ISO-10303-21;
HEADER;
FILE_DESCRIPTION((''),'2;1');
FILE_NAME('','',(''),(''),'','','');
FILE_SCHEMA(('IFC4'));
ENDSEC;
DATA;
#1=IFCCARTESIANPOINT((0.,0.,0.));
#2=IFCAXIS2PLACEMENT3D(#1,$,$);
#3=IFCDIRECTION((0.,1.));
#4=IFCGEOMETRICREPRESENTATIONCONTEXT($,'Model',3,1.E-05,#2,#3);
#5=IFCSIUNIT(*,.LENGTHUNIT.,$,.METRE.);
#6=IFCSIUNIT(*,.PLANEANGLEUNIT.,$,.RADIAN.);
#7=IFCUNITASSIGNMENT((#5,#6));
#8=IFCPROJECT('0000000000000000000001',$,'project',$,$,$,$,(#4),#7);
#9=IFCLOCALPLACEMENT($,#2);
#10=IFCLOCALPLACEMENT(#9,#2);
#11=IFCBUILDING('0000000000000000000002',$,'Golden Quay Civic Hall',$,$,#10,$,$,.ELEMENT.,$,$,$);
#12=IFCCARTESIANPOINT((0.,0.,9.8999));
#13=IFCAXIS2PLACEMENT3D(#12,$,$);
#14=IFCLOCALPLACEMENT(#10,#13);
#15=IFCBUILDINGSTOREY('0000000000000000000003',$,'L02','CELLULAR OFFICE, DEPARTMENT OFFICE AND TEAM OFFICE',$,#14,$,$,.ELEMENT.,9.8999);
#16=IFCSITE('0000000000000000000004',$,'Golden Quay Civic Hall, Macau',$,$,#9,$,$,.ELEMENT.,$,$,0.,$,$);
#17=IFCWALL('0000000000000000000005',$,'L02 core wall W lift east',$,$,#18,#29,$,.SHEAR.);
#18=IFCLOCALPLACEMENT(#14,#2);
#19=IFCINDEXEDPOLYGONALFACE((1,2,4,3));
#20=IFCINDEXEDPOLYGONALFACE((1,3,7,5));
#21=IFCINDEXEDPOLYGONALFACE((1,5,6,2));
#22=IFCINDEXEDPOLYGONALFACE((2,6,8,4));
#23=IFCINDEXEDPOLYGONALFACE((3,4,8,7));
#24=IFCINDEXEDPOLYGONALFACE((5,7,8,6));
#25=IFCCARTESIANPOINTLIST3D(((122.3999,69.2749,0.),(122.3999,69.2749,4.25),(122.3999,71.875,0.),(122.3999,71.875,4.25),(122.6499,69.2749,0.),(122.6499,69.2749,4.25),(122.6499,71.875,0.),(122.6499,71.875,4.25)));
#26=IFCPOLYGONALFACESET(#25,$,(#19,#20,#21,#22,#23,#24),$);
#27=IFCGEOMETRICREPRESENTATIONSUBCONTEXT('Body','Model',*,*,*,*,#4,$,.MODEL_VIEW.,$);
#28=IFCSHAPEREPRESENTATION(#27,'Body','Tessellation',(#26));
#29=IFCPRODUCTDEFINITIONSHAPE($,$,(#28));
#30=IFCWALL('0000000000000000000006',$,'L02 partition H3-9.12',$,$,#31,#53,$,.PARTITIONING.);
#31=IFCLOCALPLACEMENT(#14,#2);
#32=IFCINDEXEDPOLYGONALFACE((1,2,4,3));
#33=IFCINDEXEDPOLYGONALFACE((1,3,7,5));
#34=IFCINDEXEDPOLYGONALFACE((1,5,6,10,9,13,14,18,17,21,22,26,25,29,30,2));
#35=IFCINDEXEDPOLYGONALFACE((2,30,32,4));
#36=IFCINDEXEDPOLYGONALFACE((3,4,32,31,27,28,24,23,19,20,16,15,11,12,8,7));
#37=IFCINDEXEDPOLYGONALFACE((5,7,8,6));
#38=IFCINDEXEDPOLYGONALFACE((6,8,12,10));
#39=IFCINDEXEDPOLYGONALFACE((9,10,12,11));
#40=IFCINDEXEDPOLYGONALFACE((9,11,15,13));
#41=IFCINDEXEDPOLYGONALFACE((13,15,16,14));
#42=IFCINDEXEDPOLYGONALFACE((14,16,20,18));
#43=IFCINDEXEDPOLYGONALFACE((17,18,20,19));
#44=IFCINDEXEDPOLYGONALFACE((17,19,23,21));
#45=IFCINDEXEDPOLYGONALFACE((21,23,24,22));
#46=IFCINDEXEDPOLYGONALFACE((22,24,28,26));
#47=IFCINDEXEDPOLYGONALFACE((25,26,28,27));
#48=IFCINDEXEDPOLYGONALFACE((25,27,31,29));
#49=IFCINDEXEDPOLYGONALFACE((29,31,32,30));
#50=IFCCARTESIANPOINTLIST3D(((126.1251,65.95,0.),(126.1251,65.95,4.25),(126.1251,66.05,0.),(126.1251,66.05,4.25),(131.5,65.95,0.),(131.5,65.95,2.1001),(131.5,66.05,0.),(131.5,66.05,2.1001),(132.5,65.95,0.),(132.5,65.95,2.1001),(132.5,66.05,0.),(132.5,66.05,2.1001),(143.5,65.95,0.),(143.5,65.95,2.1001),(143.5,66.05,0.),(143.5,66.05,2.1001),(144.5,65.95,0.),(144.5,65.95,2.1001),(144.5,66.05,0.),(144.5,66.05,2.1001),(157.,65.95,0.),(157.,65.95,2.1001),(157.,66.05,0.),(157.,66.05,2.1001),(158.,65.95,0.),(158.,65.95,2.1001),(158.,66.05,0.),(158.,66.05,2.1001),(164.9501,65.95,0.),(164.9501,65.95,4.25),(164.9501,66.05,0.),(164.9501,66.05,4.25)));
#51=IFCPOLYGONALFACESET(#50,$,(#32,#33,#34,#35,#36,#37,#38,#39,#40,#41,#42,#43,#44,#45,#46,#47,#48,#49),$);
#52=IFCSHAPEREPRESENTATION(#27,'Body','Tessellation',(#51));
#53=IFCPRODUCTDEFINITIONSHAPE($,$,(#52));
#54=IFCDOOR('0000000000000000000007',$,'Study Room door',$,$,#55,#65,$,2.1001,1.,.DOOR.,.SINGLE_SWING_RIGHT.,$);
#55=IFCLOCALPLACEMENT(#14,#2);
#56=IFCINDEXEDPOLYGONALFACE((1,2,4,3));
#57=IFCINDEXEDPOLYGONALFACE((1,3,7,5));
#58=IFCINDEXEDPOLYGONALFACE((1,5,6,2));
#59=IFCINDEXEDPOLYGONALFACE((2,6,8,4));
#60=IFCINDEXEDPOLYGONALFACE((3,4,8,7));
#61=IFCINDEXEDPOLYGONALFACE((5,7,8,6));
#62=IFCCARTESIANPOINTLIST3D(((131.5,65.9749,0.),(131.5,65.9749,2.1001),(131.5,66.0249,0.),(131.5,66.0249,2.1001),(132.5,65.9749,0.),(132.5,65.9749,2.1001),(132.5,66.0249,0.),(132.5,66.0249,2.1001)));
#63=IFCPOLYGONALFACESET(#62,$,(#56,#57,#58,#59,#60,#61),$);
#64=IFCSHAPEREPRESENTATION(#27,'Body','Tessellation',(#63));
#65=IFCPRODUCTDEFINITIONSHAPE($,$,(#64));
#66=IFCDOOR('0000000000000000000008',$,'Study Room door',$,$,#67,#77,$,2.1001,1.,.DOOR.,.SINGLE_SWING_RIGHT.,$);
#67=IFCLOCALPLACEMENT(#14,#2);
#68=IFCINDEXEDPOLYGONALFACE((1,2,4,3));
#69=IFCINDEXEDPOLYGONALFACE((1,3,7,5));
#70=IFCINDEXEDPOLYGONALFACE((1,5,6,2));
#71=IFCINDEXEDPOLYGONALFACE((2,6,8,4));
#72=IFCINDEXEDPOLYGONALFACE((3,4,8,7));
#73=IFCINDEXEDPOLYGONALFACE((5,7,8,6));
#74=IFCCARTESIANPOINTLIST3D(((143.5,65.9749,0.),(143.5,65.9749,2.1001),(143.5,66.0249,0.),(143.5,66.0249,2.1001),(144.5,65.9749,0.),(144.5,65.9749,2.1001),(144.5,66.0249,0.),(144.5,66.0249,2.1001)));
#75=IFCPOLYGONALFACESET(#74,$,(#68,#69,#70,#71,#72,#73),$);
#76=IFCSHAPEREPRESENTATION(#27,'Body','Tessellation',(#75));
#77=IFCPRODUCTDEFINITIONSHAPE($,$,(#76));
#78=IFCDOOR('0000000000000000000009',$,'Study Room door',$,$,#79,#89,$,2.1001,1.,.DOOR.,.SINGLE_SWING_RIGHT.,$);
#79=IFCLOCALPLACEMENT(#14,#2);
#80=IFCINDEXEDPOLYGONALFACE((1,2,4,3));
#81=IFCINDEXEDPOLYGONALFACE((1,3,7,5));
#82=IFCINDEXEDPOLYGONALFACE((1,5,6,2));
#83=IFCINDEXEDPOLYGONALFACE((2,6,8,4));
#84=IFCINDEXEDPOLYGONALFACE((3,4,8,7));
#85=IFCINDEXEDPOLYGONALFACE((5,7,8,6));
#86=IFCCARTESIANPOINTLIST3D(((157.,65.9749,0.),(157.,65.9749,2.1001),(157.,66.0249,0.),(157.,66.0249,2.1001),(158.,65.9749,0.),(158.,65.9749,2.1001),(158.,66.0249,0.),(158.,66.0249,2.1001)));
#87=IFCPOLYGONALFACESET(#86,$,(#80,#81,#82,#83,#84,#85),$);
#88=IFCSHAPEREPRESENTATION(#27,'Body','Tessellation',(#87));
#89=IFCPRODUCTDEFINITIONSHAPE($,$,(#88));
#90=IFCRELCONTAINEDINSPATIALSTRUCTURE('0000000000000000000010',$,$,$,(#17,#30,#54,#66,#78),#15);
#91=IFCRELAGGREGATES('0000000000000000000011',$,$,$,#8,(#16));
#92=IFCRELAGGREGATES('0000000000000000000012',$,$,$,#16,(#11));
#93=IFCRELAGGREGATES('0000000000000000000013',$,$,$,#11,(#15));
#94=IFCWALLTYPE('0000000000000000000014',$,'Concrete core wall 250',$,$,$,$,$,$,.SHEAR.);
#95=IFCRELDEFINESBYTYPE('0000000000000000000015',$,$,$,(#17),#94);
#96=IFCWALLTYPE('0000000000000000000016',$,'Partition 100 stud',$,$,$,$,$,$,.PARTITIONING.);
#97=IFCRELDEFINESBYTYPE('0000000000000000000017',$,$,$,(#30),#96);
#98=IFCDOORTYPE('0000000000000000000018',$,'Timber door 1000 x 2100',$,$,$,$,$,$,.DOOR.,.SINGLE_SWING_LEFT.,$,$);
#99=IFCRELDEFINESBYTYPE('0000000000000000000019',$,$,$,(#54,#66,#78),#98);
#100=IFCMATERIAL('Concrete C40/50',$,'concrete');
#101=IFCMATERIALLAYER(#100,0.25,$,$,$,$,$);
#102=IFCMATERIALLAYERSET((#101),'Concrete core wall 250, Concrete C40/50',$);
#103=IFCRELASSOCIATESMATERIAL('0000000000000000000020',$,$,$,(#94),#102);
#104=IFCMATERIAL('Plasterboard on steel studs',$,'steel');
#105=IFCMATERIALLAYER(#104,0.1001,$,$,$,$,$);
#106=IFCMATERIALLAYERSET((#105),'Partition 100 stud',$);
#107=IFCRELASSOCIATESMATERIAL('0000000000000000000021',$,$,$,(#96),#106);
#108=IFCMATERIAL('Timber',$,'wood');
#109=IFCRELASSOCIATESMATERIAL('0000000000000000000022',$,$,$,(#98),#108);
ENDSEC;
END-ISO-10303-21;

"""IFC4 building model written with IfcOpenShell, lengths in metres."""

from ifc_helpers import new_model, si_unit, direction, frame, frame_2d, origin, place, context, subcontext, project, spatial, rectangle, extrude, material, layer, layer_set, type_object, element, fill, save


model = new_model("IFC4")

# Units and contexts
model_context = context("Model", 3, precision=1e-05, world=origin(), true_north=direction((0.0, 1.0)))
body_context = subcontext(model_context, "Body", "Model", "MODEL_VIEW")
ifc_project = project(units=[si_unit("LENGTHUNIT", "METRE"), si_unit("PLANEANGLEUNIT", "RADIAN")], contexts=[model_context])

# Site, building, storey
site_placement = place(None, origin())
site = spatial("IfcSite", under=ifc_project, at=site_placement, Name="Golden Quay Civic Hall, Macau", CompositionType="ELEMENT", RefElevation=0.0)
building_placement = place(site_placement, origin())
building = spatial("IfcBuilding", under=site, at=building_placement, Name="Golden Quay Civic Hall", CompositionType="ELEMENT")
storey_placement = place(building_placement, frame((0.0, 0.0, 9.8999)))
storey = spatial("IfcBuildingStorey", under=building, at=storey_placement, Name="L02", Description="CELLULAR OFFICE, DEPARTMENT OFFICE AND TEAM OFFICE", CompositionType="ELEMENT", Elevation=9.8999)

# Shared definitions
ifc_material_1 = material(Name="Concrete C40/50", Category="concrete")
ifc_layer_1 = layer(ifc_material_1, 0.25)
ifc_layer_set_1 = layer_set([ifc_layer_1], Name="Concrete core wall 250, Concrete C40/50")
wall_type_1 = type_object("IfcWallType", Name="Concrete core wall 250", PredefinedType="SHEAR", material=ifc_layer_set_1)

# Wall
wall_1_placement = place(storey_placement, frame((122.5249, 69.2749, 0.0), z_axis=(0.0, 0.0, 1.0), x_axis=(0.0, 1.0, 0.0)))
element("IfcWall", 1, at=wall_1_placement, inside=storey, type_object=wall_type_1, Name="L02 core wall W lift east", PredefinedType="SHEAR", context=body_context, shape_type="SweptSolid", body=[
    extrude(rectangle(XDim=2.6001, YDim=0.25, at=frame_2d((1.3, 0.0))), origin(), (0.0, 0.0, 1.0), 4.25),
])

# Wall, openings, doors
ifc_material_2 = material(Name="Plasterboard on steel studs", Category="steel")
ifc_layer_2 = layer(ifc_material_2, 0.1001)
ifc_layer_set_2 = layer_set([ifc_layer_2], Name="Partition 100 stud")
wall_type_2 = type_object("IfcWallType", Name="Partition 100 stud", PredefinedType="PARTITIONING", material=ifc_layer_set_2)
wall_2_placement = place(storey_placement, frame((126.125, 66.0, 0.0), z_axis=(0.0, 0.0, 1.0), x_axis=(1.0, 0.0, 0.0)))
wall_2 = element("IfcWall", 2, at=wall_2_placement, inside=storey, type_object=wall_type_2, Name="L02 partition H3-9.12", PredefinedType="PARTITIONING", context=body_context, shape_type="SweptSolid", body=[
    extrude(rectangle(XDim=38.825, YDim=0.1001, at=frame_2d((19.4126, 0.0))), origin(), (0.0, 0.0, 1.0), 4.25),
])
opening_1_placement = place(wall_2_placement, frame((5.375, 0.0, 0.0)))
opening_1 = element("IfcOpeningElement", 3, at=opening_1_placement, cuts=wall_2, PredefinedType="OPENING", context=body_context, shape_type="SweptSolid", body=[
    extrude(rectangle(XDim=1.0, YDim=2.1001, at=frame_2d((0.5, 1.05))), frame((0.0, 0.0601, 0.0), z_axis=(0.0, -1.0, 0.0), x_axis=(1.0, 0.0, 0.0)), (0.0, 0.0, 1.0), 0.1201),
])
opening_2_placement = place(wall_2_placement, frame((17.375, 0.0, 0.0)))
opening_2 = element("IfcOpeningElement", 4, at=opening_2_placement, cuts=wall_2, PredefinedType="OPENING", context=body_context, shape_type="SweptSolid", body=[
    extrude(rectangle(XDim=1.0, YDim=2.1001, at=frame_2d((0.5, 1.05))), frame((0.0, 0.0601, 0.0), z_axis=(0.0, -1.0, 0.0), x_axis=(1.0, 0.0, 0.0)), (0.0, 0.0, 1.0), 0.1201),
])
opening_3_placement = place(wall_2_placement, frame((30.875, 0.0, 0.0)))
opening_3 = element("IfcOpeningElement", 5, at=opening_3_placement, cuts=wall_2, PredefinedType="OPENING", context=body_context, shape_type="SweptSolid", body=[
    extrude(rectangle(XDim=1.0, YDim=2.1001, at=frame_2d((0.5, 1.05))), frame((0.0, 0.0601, 0.0), z_axis=(0.0, -1.0, 0.0), x_axis=(1.0, 0.0, 0.0)), (0.0, 0.0, 1.0), 0.1201),
])
ifc_material_3 = material(Name="Timber", Category="wood")
door_type_1 = type_object("IfcDoorType", Name="Timber door 1000 x 2100", OperationType="SINGLE_SWING_LEFT", PredefinedType="DOOR", material=ifc_material_3)
door_1_placement = place(opening_1_placement, frame((1.0, 0.0, 0.0), z_axis=(0.0, 0.0, 1.0), x_axis=(-1.0, 0.0, 0.0)))
door_1 = element("IfcDoor", 6, at=door_1_placement, inside=storey, type_object=door_type_1, Name="Study Room door", OperationType="SINGLE_SWING_RIGHT", OverallHeight=2.1001, OverallWidth=1.0, PredefinedType="DOOR", context=body_context, shape_type="SweptSolid", body=[
    extrude(rectangle(XDim=1.0, YDim=2.1001, at=frame_2d((0.5, 1.05))), frame((0.0, 0.0251, 0.0), z_axis=(0.0, -1.0, 0.0), x_axis=(1.0, 0.0, 0.0)), (0.0, 0.0, 1.0), 0.05),
])
fill(opening_1, door_1)
door_2_placement = place(opening_2_placement, frame((1.0, 0.0, 0.0), z_axis=(0.0, 0.0, 1.0), x_axis=(-1.0, 0.0, 0.0)))
door_2 = element("IfcDoor", 7, at=door_2_placement, inside=storey, type_object=door_type_1, Name="Study Room door", OperationType="SINGLE_SWING_RIGHT", OverallHeight=2.1001, OverallWidth=1.0, PredefinedType="DOOR", context=body_context, shape_type="SweptSolid", body=[
    extrude(rectangle(XDim=1.0, YDim=2.1001, at=frame_2d((0.5, 1.05))), frame((0.0, 0.0251, 0.0), z_axis=(0.0, -1.0, 0.0), x_axis=(1.0, 0.0, 0.0)), (0.0, 0.0, 1.0), 0.05),
])
fill(opening_2, door_2)
door_3_placement = place(opening_3_placement, frame((1.0, 0.0, 0.0), z_axis=(0.0, 0.0, 1.0), x_axis=(-1.0, 0.0, 0.0)))
door_3 = element("IfcDoor", 8, at=door_3_placement, inside=storey, type_object=door_type_1, Name="Study Room door", OperationType="SINGLE_SWING_RIGHT", OverallHeight=2.1001, OverallWidth=1.0, PredefinedType="DOOR", context=body_context, shape_type="SweptSolid", body=[
    extrude(rectangle(XDim=1.0, YDim=2.1001, at=frame_2d((0.5, 1.05))), frame((0.0, 0.0251, 0.0), z_axis=(0.0, -1.0, 0.0), x_axis=(1.0, 0.0, 0.0)), (0.0, 0.0, 1.0), 0.05),
])
fill(opening_3, door_3)

save(model, "model.ifc")
